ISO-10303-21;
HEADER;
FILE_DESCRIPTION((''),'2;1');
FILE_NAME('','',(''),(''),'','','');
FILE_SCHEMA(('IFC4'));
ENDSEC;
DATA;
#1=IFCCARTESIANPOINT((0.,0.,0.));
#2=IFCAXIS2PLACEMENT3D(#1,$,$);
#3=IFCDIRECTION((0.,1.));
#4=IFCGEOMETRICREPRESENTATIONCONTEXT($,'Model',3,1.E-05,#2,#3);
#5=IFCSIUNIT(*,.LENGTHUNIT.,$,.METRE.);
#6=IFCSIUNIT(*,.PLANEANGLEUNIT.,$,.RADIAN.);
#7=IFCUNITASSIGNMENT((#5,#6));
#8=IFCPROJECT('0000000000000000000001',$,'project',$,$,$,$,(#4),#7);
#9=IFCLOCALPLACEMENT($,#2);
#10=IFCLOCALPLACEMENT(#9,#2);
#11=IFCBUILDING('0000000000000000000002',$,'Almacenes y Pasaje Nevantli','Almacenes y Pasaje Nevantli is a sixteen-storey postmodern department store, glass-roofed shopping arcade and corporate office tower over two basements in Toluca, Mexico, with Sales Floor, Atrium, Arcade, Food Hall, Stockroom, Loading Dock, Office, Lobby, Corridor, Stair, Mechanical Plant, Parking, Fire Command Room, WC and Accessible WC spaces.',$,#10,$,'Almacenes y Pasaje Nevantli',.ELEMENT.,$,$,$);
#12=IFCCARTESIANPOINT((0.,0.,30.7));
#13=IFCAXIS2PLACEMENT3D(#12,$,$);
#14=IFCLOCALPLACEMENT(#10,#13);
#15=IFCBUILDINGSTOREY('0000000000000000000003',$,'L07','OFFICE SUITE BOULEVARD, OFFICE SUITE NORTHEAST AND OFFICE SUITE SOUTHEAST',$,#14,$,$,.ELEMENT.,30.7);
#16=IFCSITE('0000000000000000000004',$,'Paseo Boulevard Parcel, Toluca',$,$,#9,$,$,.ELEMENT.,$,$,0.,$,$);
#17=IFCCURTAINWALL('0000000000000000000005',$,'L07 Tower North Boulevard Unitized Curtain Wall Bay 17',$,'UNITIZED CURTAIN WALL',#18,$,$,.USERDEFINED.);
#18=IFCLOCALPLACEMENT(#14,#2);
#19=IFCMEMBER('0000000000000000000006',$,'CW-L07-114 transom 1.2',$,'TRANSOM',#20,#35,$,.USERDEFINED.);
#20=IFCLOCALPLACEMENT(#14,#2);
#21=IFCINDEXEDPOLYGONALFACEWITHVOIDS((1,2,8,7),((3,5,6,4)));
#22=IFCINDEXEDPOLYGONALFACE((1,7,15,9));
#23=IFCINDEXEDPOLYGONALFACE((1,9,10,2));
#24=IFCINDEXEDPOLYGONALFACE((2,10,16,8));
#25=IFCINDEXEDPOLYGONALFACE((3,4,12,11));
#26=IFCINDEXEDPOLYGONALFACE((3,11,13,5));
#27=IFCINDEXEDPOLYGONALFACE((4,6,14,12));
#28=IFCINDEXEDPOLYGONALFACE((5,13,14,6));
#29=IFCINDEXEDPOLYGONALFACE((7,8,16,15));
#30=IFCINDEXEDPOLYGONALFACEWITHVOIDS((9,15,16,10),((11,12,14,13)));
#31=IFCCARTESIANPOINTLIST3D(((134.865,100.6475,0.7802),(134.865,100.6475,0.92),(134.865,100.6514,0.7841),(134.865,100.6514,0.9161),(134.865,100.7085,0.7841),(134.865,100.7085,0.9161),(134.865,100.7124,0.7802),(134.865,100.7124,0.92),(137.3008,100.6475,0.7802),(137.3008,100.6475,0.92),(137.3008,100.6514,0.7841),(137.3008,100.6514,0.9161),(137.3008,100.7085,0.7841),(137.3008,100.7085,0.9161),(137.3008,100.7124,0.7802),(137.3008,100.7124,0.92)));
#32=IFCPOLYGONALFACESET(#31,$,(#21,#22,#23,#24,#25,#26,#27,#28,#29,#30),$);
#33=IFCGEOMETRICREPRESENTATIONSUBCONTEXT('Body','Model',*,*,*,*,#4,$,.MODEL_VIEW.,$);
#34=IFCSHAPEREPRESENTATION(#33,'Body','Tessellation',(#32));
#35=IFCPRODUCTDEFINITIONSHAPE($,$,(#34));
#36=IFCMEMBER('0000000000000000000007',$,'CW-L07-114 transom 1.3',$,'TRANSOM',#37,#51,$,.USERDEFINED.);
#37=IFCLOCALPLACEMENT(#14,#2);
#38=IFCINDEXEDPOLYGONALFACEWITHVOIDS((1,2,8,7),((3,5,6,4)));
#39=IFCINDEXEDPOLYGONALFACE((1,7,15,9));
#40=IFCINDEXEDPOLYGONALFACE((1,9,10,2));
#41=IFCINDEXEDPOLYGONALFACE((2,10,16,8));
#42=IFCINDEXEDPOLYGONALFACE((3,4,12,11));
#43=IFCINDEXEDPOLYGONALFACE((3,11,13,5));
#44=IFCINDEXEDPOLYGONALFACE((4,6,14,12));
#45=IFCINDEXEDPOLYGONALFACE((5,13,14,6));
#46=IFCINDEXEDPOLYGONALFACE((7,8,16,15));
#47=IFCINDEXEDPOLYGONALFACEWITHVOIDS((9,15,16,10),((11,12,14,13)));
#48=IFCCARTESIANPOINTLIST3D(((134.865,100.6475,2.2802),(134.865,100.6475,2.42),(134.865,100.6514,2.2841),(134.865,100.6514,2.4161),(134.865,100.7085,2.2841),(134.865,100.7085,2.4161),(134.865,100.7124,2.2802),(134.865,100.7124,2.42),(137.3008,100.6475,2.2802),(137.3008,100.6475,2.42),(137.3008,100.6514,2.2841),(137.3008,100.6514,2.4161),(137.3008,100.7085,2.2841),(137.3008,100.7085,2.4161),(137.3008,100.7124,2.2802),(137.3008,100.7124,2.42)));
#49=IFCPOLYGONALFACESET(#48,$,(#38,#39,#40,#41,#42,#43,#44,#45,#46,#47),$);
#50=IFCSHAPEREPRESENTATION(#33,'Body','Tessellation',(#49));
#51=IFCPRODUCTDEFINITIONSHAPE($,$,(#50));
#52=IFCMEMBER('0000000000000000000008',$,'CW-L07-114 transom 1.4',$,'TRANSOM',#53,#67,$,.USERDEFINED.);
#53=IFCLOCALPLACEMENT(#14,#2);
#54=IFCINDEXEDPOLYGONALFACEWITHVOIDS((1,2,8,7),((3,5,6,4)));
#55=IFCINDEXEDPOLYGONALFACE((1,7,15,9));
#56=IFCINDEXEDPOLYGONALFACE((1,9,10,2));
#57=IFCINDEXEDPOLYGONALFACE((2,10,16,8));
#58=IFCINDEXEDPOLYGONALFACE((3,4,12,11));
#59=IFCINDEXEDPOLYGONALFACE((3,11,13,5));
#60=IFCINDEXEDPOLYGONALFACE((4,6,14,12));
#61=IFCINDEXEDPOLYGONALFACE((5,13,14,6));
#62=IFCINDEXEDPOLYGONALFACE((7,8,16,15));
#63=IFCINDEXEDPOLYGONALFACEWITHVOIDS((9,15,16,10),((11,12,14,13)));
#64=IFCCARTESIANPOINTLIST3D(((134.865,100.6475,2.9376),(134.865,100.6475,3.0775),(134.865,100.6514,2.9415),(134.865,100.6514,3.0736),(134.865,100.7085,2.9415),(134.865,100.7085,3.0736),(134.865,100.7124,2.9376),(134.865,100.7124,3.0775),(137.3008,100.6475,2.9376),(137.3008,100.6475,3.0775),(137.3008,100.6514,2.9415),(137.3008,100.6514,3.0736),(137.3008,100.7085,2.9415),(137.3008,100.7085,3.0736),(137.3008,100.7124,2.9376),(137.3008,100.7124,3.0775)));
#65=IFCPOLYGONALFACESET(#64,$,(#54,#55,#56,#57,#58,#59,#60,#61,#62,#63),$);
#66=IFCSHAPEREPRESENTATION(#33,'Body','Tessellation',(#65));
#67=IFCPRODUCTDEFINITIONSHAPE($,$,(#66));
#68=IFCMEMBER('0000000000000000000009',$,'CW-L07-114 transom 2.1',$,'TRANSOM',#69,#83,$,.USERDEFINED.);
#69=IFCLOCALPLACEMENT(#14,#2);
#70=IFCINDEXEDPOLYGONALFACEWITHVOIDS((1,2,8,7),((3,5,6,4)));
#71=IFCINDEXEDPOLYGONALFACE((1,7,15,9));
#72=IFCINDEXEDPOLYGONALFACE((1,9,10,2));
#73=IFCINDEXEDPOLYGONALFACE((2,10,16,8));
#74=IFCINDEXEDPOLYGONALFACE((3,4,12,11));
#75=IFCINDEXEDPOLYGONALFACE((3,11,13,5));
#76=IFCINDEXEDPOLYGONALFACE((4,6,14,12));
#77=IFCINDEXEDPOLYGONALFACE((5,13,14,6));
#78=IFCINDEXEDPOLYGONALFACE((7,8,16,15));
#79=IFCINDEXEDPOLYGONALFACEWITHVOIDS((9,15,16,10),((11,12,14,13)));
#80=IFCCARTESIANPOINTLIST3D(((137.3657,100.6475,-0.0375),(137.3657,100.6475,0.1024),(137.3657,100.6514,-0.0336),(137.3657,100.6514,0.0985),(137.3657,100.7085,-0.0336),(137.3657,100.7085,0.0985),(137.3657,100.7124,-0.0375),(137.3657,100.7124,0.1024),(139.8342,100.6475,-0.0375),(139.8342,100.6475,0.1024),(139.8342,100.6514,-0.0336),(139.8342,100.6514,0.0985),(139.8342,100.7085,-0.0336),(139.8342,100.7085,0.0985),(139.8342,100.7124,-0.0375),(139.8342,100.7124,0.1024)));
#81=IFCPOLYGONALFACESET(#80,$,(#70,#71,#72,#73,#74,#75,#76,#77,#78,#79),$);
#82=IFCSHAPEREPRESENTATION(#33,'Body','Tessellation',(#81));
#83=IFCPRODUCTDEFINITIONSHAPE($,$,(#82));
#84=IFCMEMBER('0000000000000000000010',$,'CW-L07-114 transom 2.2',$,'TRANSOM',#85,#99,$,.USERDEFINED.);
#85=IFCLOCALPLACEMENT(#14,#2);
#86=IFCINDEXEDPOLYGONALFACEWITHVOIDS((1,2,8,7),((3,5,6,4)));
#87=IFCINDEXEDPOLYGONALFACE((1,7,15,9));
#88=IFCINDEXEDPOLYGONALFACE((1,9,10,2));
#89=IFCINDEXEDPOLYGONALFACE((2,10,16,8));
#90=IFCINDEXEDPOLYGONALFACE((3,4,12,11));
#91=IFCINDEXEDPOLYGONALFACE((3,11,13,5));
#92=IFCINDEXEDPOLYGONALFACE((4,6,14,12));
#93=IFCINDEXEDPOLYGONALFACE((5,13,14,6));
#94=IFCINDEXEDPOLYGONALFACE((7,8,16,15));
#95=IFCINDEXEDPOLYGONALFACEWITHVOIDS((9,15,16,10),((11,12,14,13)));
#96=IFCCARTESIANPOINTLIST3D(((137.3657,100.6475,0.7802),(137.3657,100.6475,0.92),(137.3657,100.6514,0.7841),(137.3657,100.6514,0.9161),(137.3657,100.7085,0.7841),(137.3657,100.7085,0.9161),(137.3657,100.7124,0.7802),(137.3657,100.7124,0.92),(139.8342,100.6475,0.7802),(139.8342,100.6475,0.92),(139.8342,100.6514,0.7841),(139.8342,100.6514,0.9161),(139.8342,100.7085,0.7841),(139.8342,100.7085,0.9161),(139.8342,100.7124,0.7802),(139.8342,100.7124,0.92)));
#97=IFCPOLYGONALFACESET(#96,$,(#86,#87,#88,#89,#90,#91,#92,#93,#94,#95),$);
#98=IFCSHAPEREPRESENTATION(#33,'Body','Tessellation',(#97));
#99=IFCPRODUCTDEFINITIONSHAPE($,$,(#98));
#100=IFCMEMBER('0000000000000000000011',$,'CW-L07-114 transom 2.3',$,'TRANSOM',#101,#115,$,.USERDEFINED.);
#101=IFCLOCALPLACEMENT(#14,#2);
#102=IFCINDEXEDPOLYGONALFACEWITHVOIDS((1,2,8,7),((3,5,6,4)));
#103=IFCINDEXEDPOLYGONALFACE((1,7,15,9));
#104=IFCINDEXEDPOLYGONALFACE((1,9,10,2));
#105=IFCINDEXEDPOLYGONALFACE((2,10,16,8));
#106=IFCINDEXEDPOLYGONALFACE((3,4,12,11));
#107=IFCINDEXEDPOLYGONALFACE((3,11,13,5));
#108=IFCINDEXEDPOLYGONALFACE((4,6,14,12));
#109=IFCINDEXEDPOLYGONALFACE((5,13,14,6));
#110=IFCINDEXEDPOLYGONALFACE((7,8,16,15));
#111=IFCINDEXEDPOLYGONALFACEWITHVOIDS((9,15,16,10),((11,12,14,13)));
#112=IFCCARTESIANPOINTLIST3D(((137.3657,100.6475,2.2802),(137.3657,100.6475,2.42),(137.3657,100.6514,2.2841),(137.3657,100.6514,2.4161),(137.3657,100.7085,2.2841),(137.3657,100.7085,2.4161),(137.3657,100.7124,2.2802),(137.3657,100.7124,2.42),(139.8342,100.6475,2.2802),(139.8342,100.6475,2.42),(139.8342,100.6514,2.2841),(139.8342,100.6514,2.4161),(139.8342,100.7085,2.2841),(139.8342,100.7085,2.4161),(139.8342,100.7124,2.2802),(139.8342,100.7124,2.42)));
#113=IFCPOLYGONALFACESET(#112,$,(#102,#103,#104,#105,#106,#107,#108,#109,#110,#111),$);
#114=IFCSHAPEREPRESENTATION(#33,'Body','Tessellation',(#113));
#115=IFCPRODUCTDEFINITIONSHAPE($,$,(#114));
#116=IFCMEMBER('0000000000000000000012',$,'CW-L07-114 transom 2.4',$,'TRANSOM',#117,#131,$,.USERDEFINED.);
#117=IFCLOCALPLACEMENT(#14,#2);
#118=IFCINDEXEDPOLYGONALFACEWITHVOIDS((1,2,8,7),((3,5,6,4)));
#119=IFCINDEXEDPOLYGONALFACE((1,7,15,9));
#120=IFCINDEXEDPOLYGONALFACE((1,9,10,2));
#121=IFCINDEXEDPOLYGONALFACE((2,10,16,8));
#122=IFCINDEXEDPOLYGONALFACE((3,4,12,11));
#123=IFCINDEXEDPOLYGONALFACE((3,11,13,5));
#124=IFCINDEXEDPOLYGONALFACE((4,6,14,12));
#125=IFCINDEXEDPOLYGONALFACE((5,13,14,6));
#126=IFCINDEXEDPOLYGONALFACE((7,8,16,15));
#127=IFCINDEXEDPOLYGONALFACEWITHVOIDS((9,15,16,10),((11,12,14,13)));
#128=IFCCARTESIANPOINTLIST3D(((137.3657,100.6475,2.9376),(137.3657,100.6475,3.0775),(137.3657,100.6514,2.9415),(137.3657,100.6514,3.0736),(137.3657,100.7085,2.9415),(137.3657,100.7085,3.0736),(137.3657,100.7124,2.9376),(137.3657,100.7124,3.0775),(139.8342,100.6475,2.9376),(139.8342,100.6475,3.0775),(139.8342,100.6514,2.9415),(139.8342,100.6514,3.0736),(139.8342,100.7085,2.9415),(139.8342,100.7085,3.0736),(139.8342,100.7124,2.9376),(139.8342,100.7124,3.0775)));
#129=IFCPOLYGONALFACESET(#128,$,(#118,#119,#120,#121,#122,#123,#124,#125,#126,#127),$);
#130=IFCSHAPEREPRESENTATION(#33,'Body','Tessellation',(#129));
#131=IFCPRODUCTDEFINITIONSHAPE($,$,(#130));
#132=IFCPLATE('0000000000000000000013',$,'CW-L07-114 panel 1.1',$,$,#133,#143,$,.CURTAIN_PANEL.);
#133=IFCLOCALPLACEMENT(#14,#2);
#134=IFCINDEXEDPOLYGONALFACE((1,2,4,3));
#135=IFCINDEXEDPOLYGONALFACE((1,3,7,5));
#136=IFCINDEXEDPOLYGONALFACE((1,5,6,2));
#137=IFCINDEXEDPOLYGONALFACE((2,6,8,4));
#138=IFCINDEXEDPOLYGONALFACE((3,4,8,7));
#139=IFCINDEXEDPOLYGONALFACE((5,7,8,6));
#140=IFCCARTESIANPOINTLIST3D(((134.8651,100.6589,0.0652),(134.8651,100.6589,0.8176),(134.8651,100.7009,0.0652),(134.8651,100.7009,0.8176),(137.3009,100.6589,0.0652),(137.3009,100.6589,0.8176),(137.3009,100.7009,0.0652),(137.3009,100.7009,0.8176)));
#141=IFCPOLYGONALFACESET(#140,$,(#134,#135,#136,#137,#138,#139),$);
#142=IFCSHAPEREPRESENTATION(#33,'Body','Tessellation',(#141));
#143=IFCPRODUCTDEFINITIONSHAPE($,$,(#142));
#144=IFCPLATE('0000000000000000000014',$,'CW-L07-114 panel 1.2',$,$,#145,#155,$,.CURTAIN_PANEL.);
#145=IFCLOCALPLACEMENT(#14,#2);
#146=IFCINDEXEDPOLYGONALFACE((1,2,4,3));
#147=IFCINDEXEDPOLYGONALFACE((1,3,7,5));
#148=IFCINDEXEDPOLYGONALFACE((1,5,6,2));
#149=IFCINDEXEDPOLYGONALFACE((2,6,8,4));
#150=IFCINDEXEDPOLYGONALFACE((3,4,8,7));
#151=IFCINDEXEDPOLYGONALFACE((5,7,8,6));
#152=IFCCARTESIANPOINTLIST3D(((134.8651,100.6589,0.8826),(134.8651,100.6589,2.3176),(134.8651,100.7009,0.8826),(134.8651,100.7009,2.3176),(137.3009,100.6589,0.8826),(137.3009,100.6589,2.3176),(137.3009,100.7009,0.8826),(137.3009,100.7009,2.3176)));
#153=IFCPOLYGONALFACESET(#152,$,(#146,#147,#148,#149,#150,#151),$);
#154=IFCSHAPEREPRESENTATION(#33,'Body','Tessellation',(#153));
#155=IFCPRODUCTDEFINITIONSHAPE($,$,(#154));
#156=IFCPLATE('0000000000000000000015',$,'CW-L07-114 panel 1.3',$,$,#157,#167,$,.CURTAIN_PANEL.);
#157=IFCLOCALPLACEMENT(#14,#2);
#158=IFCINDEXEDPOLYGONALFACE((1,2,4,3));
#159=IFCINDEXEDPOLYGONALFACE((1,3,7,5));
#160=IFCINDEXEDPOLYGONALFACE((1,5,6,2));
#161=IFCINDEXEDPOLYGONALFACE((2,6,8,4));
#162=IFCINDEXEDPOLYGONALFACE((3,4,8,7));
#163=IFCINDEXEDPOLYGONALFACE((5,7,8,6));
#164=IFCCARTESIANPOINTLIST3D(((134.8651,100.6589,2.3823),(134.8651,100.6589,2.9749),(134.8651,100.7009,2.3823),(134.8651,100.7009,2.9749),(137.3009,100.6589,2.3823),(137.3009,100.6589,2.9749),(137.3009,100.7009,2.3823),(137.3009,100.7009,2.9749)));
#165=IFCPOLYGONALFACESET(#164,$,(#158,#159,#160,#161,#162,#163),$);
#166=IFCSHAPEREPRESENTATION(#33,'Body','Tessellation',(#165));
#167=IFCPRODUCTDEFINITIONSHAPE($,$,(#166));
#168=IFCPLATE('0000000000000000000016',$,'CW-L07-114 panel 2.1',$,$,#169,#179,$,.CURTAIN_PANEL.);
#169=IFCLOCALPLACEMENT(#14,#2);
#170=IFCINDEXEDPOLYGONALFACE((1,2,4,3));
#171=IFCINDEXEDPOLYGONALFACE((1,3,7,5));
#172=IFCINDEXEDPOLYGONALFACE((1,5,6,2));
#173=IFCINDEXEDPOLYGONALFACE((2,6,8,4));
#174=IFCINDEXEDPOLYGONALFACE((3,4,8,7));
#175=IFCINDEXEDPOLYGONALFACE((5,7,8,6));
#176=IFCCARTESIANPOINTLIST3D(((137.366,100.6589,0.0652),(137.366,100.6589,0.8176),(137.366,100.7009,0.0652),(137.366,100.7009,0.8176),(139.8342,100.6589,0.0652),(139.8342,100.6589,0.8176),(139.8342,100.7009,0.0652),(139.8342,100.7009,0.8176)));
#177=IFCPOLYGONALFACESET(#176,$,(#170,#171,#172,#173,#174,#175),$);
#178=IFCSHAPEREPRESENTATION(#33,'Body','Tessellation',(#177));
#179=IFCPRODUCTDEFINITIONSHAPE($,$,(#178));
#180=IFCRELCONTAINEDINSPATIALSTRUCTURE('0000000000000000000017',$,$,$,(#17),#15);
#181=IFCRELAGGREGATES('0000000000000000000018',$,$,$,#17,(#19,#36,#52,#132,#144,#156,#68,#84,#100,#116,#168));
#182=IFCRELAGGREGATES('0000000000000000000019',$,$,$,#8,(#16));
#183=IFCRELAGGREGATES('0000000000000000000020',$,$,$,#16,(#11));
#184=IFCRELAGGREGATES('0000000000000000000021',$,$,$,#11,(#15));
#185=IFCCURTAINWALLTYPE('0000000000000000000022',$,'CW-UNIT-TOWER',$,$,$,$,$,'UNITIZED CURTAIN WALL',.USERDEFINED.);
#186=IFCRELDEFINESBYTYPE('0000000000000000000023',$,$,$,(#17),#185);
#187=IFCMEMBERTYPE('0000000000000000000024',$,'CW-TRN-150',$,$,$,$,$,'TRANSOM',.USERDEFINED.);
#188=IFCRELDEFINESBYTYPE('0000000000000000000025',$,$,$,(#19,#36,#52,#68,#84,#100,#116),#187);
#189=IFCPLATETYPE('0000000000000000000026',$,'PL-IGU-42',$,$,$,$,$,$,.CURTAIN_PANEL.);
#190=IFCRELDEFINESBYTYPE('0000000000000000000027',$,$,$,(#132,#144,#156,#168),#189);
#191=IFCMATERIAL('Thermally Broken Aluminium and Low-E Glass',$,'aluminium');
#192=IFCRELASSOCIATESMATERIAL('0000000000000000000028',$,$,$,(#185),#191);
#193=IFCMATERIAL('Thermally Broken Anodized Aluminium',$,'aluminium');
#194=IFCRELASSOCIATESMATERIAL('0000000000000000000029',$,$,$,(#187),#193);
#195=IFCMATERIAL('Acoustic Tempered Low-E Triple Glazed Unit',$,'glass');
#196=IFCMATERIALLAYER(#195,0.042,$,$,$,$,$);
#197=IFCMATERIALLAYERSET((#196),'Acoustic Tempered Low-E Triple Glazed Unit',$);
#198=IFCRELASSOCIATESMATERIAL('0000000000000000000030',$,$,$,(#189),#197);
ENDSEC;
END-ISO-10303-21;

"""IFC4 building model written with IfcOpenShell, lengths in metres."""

from ifc_helpers import new_model, si_unit, direction, frame, origin, origin_2d, place, context, subcontext, project, spatial, rectangle, hollow_rectangle, extrude, material, layer, layer_set, material_profile, profile_set, type_object, element, aggregate, save


model = new_model("IFC4")

# Units and contexts
model_context = context("Model", 3, precision=1e-05, world=origin(), true_north=direction((0.0, 1.0)))
body_context = subcontext(model_context, "Body", "Model", "MODEL_VIEW")
ifc_project = project(units=[si_unit("LENGTHUNIT", "METRE"), si_unit("PLANEANGLEUNIT", "RADIAN")], contexts=[model_context])

# Site, building, storey
site_placement = place(None, origin())
site = spatial("IfcSite", under=ifc_project, at=site_placement, Name="Paseo Boulevard Parcel, Toluca", CompositionType="ELEMENT", RefElevation=0.0)
building_placement = place(site_placement, origin())
building = spatial("IfcBuilding", under=site, at=building_placement, Name="Almacenes y Pasaje Nevantli", Description="Almacenes y Pasaje Nevantli is a sixteen-storey postmodern department store, glass-roofed shopping arcade and corporate office tower over two basements in Toluca, Mexico, with Sales Floor, Atrium, Arcade, Food Hall, Stockroom, Loading Dock, Office, Lobby, Corridor, Stair, Mechanical Plant, Parking, Fire Command Room, WC and Accessible WC spaces.", LongName="Almacenes y Pasaje Nevantli", CompositionType="ELEMENT")
storey_placement = place(building_placement, frame((0.0, 0.0, 30.7)))
storey = spatial("IfcBuildingStorey", under=building, at=storey_placement, Name="L07", Description="OFFICE SUITE BOULEVARD, OFFICE SUITE NORTHEAST AND OFFICE SUITE SOUTHEAST", CompositionType="ELEMENT", Elevation=30.7)

# Curtain wall, members, plates
ifc_material_1 = material(Name="Thermally Broken Aluminium and Low-E Glass", Category="aluminium")
curtain_wall_type = type_object("IfcCurtainWallType", Name="CW-UNIT-TOWER", ElementType="UNITIZED CURTAIN WALL", PredefinedType="USERDEFINED", material=ifc_material_1)
curtain_wall_placement = place(storey_placement, origin())
curtain_wall = element("IfcCurtainWall", 1, at=curtain_wall_placement, inside=storey, type_object=curtain_wall_type, Name="L07 Tower North Boulevard Unitized Curtain Wall Bay 17", ObjectType="UNITIZED CURTAIN WALL", PredefinedType="USERDEFINED")
ifc_material_2 = material(Name="Thermally Broken Anodized Aluminium", Category="aluminium")
ifc_material_profile_1 = material_profile(ifc_material_2, hollow_rectangle(XDim=0.0649, YDim=0.1399, WallThickness=0.0039, at=origin_2d()), Name="ALU-TRN-65x140")
ifc_profile_set_1 = profile_set([ifc_material_profile_1], Name="Thermally Broken Anodized Aluminium")
member_type_1 = type_object("IfcMemberType", Name="CW-TRN-150", ElementType="TRANSOM", PredefinedType="USERDEFINED", material=ifc_profile_set_1)
member_1_placement = place(storey_placement, frame((134.865, 100.6799, 0.8501), z_axis=(1.0, 0.0, 0.0), x_axis=(0.0, 1.0, 0.0)))
member_1 = element("IfcMember", 2, at=member_1_placement, type_object=member_type_1, Name="CW-L07-114 transom 1.2", ObjectType="TRANSOM", PredefinedType="USERDEFINED", context=body_context, shape_type="SweptSolid", body=[
    extrude(hollow_rectangle(XDim=0.0649, YDim=0.1399, WallThickness=0.0039, at=origin_2d()), origin(), (0.0, 0.0, 1.0), 2.4358),
])
member_2_placement = place(storey_placement, frame((134.865, 100.6799, 2.3501), z_axis=(1.0, 0.0, 0.0), x_axis=(0.0, 1.0, 0.0)))
member_2 = element("IfcMember", 3, at=member_2_placement, type_object=member_type_1, Name="CW-L07-114 transom 1.3", ObjectType="TRANSOM", PredefinedType="USERDEFINED", context=body_context, shape_type="SweptSolid", body=[
    extrude(hollow_rectangle(XDim=0.0649, YDim=0.1399, WallThickness=0.0039, at=origin_2d()), origin(), (0.0, 0.0, 1.0), 2.4358),
])
member_3_placement = place(storey_placement, frame((134.865, 100.6799, 3.0076), z_axis=(1.0, 0.0, 0.0), x_axis=(0.0, 1.0, 0.0)))
member_3 = element("IfcMember", 4, at=member_3_placement, type_object=member_type_1, Name="CW-L07-114 transom 1.4", ObjectType="TRANSOM", PredefinedType="USERDEFINED", context=body_context, shape_type="SweptSolid", body=[
    extrude(hollow_rectangle(XDim=0.0649, YDim=0.1399, WallThickness=0.0039, at=origin_2d()), origin(), (0.0, 0.0, 1.0), 2.4358),
])
member_4_placement = place(storey_placement, frame((137.3657, 100.6799, 0.0325), z_axis=(1.0, 0.0, 0.0), x_axis=(0.0, 1.0, 0.0)))
member_4 = element("IfcMember", 5, at=member_4_placement, type_object=member_type_1, Name="CW-L07-114 transom 2.1", ObjectType="TRANSOM", PredefinedType="USERDEFINED", context=body_context, shape_type="SweptSolid", body=[
    extrude(hollow_rectangle(XDim=0.0649, YDim=0.1399, WallThickness=0.0039, at=origin_2d()), origin(), (0.0, 0.0, 1.0), 2.4685),
])
member_5_placement = place(storey_placement, frame((137.3657, 100.6799, 0.8501), z_axis=(1.0, 0.0, 0.0), x_axis=(0.0, 1.0, 0.0)))
member_5 = element("IfcMember", 6, at=member_5_placement, type_object=member_type_1, Name="CW-L07-114 transom 2.2", ObjectType="TRANSOM", PredefinedType="USERDEFINED", context=body_context, shape_type="SweptSolid", body=[
    extrude(hollow_rectangle(XDim=0.0649, YDim=0.1399, WallThickness=0.0039, at=origin_2d()), origin(), (0.0, 0.0, 1.0), 2.4685),
])
member_6_placement = place(storey_placement, frame((137.3657, 100.6799, 2.3501), z_axis=(1.0, 0.0, 0.0), x_axis=(0.0, 1.0, 0.0)))
member_6 = element("IfcMember", 7, at=member_6_placement, type_object=member_type_1, Name="CW-L07-114 transom 2.3", ObjectType="TRANSOM", PredefinedType="USERDEFINED", context=body_context, shape_type="SweptSolid", body=[
    extrude(hollow_rectangle(XDim=0.0649, YDim=0.1399, WallThickness=0.0039, at=origin_2d()), origin(), (0.0, 0.0, 1.0), 2.4685),
])
member_7_placement = place(storey_placement, frame((137.3657, 100.6799, 3.0076), z_axis=(1.0, 0.0, 0.0), x_axis=(0.0, 1.0, 0.0)))
member_7 = element("IfcMember", 8, at=member_7_placement, type_object=member_type_1, Name="CW-L07-114 transom 2.4", ObjectType="TRANSOM", PredefinedType="USERDEFINED", context=body_context, shape_type="SweptSolid", body=[
    extrude(hollow_rectangle(XDim=0.0649, YDim=0.1399, WallThickness=0.0039, at=origin_2d()), origin(), (0.0, 0.0, 1.0), 2.4685),
])
ifc_material_3 = material(Name="Acoustic Tempered Low-E Triple Glazed Unit", Category="glass")
ifc_layer_1 = layer(ifc_material_3, 0.042)
ifc_layer_set_1 = layer_set([ifc_layer_1], Name="Acoustic Tempered Low-E Triple Glazed Unit")
plate_type = type_object("IfcPlateType", Name="PL-IGU-42", PredefinedType="CURTAIN_PANEL", material=ifc_layer_set_1)
plate_1_placement = place(storey_placement, frame((136.083, 100.6799, 0.0652), z_axis=(0.0, 0.0, 1.0), x_axis=(1.0, 0.0, 0.0)))
plate_1 = element("IfcPlate", 9, at=plate_1_placement, type_object=plate_type, Name="CW-L07-114 panel 1.1", PredefinedType="CURTAIN_PANEL", context=body_context, shape_type="SweptSolid", body=[
    extrude(rectangle(XDim=2.4358, YDim=0.042, at=origin_2d()), origin(), (0.0, 0.0, 1.0), 0.7524),
])
plate_2_placement = place(storey_placement, frame((136.083, 100.6799, 0.8826), z_axis=(0.0, 0.0, 1.0), x_axis=(1.0, 0.0, 0.0)))
plate_2 = element("IfcPlate", 10, at=plate_2_placement, type_object=plate_type, Name="CW-L07-114 panel 1.2", PredefinedType="CURTAIN_PANEL", context=body_context, shape_type="SweptSolid", body=[
    extrude(rectangle(XDim=2.4358, YDim=0.042, at=origin_2d()), origin(), (0.0, 0.0, 1.0), 1.4351),
])
plate_3_placement = place(storey_placement, frame((136.083, 100.6799, 2.3823), z_axis=(0.0, 0.0, 1.0), x_axis=(1.0, 0.0, 0.0)))
plate_3 = element("IfcPlate", 11, at=plate_3_placement, type_object=plate_type, Name="CW-L07-114 panel 1.3", PredefinedType="CURTAIN_PANEL", context=body_context, shape_type="SweptSolid", body=[
    extrude(rectangle(XDim=2.4358, YDim=0.042, at=origin_2d()), origin(), (0.0, 0.0, 1.0), 0.5925),
])
plate_4_placement = place(storey_placement, frame((138.6001, 100.6799, 0.0652), z_axis=(0.0, 0.0, 1.0), x_axis=(1.0, 0.0, 0.0)))
plate_4 = element("IfcPlate", 12, at=plate_4_placement, type_object=plate_type, Name="CW-L07-114 panel 2.1", PredefinedType="CURTAIN_PANEL", context=body_context, shape_type="SweptSolid", body=[
    extrude(rectangle(XDim=2.4683, YDim=0.042, at=origin_2d()), origin(), (0.0, 0.0, 1.0), 0.7524),
])
aggregate(curtain_wall, [member_1, member_2, member_3, plate_1, plate_2, plate_3, member_4, member_5, member_6, member_7, plate_4])

save(model, "model.ifc")
